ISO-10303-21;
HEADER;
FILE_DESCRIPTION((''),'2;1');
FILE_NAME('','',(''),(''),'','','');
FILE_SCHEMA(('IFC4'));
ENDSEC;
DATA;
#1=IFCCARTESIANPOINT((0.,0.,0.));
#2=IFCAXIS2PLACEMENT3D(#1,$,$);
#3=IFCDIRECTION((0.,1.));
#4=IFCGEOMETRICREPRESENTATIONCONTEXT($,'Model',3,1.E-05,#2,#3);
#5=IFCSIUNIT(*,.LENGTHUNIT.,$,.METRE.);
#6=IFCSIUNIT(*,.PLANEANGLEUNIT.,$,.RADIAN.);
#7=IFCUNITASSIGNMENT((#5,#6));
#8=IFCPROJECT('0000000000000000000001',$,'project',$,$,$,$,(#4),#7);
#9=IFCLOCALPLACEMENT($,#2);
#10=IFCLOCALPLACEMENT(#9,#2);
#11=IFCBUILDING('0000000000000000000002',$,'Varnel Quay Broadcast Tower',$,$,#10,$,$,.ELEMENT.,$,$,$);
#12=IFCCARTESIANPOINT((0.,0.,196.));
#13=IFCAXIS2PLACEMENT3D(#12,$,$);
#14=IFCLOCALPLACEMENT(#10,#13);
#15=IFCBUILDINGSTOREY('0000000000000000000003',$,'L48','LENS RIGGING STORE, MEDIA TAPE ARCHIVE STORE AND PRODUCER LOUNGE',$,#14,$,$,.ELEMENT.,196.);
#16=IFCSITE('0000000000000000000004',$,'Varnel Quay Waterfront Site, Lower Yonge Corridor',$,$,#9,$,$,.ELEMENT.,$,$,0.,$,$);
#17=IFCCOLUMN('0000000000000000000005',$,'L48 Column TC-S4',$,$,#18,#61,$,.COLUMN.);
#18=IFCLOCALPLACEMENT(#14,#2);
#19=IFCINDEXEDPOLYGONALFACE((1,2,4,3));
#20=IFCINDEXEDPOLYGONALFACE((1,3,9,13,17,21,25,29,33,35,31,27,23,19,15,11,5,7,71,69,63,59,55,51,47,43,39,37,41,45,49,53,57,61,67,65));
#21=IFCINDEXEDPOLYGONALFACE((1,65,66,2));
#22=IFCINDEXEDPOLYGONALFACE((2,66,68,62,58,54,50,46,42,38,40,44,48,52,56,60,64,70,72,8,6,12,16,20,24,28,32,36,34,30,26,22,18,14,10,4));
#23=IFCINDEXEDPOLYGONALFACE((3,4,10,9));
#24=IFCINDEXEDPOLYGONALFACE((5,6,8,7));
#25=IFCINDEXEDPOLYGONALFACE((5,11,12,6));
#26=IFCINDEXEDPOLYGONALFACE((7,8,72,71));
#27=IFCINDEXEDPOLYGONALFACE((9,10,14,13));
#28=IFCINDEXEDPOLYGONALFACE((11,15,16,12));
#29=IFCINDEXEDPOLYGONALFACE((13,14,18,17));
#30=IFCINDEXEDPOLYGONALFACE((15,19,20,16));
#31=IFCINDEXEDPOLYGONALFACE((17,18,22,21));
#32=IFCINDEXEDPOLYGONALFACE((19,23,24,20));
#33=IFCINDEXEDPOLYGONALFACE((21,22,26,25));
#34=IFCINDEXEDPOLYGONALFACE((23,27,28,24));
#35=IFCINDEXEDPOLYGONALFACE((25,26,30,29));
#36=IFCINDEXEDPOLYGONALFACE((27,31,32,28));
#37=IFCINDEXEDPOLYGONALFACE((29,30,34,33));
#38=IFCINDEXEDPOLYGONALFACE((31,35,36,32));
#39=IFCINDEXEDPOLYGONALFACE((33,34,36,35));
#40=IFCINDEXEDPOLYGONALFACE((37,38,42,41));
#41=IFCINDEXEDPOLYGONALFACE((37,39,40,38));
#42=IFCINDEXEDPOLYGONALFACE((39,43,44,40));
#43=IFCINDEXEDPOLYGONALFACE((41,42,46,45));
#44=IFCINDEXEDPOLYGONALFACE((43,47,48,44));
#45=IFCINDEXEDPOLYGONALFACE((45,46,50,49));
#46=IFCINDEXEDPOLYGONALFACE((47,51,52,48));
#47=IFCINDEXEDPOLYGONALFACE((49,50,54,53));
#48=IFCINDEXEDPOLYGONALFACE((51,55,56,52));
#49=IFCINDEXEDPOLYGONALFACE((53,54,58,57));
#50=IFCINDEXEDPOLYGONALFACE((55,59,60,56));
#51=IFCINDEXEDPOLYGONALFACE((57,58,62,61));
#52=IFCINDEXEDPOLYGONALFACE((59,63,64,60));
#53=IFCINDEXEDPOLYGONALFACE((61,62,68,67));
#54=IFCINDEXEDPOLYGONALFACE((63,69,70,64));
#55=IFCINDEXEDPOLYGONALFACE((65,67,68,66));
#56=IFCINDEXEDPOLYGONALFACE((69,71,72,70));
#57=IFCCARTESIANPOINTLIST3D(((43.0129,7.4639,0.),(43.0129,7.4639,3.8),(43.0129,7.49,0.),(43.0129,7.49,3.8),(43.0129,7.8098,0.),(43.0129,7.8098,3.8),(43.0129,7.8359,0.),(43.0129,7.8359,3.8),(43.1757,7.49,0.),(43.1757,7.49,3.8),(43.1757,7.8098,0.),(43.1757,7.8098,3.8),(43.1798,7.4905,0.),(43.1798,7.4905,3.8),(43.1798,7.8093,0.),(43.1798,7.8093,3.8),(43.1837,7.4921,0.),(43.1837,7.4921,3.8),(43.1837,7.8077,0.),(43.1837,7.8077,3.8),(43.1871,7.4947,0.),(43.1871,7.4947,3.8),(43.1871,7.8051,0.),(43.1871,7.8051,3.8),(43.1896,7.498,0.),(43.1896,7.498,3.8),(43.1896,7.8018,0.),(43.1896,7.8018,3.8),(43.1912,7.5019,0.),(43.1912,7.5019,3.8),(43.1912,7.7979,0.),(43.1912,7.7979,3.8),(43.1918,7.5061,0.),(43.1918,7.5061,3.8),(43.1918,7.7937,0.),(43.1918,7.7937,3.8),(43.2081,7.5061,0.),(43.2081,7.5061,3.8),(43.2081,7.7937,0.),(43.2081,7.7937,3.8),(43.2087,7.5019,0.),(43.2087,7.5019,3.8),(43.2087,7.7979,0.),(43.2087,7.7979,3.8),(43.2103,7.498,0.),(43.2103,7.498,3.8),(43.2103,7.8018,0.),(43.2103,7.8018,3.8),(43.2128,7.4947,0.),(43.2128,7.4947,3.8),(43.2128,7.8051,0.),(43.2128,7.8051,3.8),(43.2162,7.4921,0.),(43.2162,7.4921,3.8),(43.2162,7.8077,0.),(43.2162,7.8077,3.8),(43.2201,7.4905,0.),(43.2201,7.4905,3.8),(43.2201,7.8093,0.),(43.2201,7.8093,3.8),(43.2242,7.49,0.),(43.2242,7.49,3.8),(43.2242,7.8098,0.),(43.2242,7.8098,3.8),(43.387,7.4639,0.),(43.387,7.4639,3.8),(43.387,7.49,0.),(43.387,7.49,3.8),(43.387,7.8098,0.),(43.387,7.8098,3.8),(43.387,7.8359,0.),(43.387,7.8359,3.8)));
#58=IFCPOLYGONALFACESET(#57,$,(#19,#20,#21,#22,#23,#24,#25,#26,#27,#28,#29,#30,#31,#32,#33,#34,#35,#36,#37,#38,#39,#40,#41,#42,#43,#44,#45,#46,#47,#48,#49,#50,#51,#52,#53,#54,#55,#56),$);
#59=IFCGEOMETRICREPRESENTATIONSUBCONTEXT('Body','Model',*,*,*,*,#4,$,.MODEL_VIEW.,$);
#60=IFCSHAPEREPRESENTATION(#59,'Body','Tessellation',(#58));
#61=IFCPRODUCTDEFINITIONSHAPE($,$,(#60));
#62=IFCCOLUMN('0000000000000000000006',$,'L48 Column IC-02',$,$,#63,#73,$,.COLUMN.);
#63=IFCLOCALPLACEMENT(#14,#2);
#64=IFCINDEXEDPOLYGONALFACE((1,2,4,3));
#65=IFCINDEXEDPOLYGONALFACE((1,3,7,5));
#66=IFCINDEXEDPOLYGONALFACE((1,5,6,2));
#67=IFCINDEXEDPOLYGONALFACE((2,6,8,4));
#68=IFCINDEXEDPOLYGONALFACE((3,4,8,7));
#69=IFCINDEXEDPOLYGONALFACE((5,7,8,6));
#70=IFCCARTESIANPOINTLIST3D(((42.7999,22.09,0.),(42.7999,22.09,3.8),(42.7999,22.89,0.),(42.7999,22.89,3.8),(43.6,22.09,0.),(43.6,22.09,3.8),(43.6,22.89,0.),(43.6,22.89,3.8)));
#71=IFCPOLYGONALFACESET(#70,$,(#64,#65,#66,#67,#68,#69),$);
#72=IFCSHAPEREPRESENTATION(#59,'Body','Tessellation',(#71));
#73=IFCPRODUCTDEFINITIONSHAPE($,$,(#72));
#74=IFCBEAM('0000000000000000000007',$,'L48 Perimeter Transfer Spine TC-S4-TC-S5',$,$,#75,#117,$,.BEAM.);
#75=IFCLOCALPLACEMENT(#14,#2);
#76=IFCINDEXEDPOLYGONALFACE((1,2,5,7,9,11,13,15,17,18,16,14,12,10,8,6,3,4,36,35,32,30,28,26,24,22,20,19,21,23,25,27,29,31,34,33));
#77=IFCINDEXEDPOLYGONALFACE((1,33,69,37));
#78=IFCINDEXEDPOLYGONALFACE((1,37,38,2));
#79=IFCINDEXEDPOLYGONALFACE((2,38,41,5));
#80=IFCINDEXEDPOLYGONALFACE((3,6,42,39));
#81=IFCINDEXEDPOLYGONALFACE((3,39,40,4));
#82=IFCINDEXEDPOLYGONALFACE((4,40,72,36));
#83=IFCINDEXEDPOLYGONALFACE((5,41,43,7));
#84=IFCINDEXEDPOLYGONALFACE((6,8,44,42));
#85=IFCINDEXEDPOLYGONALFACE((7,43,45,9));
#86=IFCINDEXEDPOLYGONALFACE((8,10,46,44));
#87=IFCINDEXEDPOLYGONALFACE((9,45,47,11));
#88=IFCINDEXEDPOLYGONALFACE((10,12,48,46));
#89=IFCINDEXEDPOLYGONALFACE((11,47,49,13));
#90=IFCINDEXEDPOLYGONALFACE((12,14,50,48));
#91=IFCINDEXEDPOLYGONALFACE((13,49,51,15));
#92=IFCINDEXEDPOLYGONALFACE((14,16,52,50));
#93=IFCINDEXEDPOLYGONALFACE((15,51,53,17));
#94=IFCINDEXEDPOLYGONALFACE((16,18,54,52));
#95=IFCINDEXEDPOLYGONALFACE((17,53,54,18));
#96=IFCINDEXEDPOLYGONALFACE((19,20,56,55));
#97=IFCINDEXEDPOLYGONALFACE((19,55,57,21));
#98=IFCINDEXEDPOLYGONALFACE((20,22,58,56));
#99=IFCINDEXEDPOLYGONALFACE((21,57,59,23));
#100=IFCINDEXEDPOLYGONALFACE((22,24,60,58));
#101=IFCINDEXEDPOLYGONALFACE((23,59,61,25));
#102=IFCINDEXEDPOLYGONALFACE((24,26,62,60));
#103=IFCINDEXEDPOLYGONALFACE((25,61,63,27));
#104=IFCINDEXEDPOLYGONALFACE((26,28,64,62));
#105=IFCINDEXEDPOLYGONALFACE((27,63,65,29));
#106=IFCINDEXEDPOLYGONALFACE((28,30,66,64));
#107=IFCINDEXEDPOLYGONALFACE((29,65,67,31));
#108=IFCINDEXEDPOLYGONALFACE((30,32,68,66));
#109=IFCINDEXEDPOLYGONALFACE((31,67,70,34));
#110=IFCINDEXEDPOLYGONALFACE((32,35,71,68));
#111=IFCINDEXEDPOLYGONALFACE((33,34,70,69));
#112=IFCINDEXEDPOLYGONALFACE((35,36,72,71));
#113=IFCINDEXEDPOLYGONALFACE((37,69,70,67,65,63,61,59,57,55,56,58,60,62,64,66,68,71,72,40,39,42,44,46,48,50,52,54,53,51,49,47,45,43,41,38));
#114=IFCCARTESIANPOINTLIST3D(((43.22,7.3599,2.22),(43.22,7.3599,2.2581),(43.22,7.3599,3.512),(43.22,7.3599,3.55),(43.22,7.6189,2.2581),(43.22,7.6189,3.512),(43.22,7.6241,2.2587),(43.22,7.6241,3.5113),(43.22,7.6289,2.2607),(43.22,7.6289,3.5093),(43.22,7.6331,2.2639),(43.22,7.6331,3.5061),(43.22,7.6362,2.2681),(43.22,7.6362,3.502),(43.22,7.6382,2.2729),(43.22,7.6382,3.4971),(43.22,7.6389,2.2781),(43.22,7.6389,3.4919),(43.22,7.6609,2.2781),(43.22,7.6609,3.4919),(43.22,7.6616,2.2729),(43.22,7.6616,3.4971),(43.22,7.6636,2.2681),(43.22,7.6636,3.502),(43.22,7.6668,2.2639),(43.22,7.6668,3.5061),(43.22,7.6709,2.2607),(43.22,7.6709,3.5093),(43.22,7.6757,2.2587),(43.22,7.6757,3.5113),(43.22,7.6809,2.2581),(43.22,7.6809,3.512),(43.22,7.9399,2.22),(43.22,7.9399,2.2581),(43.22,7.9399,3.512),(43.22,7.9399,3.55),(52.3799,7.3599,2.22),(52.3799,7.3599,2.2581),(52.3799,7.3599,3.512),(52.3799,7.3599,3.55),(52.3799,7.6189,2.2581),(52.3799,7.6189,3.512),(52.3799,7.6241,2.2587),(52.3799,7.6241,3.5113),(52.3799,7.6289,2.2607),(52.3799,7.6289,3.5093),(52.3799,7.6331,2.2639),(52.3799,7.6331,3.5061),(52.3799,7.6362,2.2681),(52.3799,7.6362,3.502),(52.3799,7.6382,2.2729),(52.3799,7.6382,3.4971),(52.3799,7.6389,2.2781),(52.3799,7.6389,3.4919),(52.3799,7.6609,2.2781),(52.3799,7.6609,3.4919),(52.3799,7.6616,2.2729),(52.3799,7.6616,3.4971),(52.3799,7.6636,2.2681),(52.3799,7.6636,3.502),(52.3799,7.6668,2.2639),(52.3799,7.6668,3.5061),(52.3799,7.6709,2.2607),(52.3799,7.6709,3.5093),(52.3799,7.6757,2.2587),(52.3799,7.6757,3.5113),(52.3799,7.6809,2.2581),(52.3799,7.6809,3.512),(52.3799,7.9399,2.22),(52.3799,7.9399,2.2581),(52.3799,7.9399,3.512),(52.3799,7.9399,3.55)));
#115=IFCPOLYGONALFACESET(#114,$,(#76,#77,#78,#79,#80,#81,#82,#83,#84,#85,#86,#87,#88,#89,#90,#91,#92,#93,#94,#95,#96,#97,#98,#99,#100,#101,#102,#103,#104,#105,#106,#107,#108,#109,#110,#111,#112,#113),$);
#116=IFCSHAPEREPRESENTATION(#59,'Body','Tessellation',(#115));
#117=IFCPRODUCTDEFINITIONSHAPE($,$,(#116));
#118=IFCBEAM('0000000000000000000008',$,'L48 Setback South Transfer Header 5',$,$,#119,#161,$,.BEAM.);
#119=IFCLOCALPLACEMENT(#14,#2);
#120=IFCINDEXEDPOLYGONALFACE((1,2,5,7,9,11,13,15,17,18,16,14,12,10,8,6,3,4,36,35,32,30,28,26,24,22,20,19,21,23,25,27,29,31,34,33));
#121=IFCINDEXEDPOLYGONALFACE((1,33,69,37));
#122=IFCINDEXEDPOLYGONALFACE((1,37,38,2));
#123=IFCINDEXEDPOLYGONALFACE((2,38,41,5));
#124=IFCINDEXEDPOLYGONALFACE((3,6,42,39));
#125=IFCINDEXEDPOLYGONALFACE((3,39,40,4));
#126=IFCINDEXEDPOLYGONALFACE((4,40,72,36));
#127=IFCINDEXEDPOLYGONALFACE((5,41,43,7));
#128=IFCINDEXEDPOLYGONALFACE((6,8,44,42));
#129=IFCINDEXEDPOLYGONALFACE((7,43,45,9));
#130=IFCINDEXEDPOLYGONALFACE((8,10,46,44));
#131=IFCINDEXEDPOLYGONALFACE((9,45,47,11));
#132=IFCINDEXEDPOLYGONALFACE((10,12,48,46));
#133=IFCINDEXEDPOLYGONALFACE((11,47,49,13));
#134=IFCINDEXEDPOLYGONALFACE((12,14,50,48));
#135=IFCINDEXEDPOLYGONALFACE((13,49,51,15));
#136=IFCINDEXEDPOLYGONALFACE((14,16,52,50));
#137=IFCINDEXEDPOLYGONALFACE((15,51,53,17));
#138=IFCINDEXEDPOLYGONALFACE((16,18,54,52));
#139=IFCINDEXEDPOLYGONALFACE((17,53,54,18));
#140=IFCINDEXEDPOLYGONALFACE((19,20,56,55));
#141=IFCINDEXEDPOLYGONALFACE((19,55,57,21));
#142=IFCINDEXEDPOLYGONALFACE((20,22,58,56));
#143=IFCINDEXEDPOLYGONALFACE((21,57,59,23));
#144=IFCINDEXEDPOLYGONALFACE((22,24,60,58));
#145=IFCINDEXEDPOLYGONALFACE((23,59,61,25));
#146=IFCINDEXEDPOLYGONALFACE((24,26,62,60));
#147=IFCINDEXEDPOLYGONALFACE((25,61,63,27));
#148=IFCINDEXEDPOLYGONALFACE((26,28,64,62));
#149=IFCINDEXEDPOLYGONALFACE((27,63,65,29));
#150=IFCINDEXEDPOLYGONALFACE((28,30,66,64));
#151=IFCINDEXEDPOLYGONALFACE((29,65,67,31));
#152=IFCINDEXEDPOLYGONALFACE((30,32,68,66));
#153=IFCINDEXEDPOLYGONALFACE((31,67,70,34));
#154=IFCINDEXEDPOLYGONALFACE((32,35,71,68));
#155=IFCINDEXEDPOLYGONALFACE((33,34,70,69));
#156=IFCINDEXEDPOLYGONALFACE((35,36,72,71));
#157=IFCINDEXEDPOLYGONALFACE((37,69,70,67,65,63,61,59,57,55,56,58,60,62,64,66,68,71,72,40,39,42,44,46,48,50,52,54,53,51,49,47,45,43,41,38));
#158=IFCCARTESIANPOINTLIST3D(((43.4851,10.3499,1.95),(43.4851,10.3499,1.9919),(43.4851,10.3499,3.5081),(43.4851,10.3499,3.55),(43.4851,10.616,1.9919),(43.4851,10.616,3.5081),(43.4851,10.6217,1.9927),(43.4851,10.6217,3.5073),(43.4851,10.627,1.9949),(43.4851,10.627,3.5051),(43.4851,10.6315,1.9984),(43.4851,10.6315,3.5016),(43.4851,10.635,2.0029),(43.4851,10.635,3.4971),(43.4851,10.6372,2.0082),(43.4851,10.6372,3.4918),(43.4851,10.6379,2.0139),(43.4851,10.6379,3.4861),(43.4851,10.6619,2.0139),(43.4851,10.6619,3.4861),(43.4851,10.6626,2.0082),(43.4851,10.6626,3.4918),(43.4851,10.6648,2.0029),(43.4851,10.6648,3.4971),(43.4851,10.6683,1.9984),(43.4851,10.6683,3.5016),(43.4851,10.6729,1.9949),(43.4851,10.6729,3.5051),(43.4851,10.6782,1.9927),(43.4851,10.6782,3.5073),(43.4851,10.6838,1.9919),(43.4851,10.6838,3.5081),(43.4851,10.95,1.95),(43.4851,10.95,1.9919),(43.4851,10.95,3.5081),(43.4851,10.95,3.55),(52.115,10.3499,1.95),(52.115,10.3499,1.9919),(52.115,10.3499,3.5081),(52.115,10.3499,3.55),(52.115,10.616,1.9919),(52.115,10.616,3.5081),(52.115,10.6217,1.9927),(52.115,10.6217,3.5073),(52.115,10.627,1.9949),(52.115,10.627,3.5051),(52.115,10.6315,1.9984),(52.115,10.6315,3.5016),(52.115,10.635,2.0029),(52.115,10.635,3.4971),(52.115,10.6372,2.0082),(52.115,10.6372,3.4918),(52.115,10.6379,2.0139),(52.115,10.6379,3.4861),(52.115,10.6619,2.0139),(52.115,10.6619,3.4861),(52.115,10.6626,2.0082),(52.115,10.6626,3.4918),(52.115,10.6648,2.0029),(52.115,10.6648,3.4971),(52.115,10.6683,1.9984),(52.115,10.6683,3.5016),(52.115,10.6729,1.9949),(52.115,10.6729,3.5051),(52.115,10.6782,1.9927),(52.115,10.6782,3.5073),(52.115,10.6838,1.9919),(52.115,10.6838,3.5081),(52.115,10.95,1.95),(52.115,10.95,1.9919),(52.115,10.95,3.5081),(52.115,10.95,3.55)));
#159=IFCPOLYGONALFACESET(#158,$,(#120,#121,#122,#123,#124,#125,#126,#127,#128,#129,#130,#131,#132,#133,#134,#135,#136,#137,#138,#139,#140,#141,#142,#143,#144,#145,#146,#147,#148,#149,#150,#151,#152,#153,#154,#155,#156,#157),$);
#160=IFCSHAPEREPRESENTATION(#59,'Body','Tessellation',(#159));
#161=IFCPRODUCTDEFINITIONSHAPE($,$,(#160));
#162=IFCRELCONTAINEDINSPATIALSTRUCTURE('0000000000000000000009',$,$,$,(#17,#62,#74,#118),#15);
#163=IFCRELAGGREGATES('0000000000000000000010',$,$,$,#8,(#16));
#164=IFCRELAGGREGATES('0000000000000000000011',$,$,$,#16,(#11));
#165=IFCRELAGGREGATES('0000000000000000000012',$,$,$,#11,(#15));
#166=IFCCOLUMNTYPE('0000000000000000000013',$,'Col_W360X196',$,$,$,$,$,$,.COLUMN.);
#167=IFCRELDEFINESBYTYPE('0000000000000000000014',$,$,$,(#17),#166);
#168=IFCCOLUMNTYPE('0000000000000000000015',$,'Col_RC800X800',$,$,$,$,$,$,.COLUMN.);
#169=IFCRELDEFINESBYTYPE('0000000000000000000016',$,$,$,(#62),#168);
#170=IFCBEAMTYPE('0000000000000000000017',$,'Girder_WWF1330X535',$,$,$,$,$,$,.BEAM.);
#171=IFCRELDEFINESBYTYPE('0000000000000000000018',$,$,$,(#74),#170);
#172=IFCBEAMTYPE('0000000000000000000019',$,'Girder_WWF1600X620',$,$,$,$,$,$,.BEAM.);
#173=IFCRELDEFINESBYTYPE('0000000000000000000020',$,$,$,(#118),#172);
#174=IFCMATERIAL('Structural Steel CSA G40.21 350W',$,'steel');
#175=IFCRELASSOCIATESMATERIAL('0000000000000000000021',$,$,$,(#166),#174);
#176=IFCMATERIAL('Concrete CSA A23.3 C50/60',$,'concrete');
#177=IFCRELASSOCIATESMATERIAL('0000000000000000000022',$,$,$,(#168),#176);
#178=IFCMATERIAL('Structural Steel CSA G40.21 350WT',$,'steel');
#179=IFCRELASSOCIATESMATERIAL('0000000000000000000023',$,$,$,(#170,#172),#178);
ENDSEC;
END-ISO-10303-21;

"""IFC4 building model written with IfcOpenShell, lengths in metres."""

from ifc_helpers import new_model, si_unit, direction, frame, origin, origin_2d, place, context, subcontext, project, spatial, rectangle, i_section, extrude, source, transform, mapped, material, material_profile, profile_set, type_object, type_shapes, element, save


model = new_model("IFC4")

# Units and contexts
model_context = context("Model", 3, precision=1e-05, world=origin(), true_north=direction((0.0, 1.0)))
body_context = subcontext(model_context, "Body", "Model", "MODEL_VIEW")
ifc_project = project(units=[si_unit("LENGTHUNIT", "METRE"), si_unit("PLANEANGLEUNIT", "RADIAN")], contexts=[model_context])

# Site, building, storey
site_placement = place(None, origin())
site = spatial("IfcSite", under=ifc_project, at=site_placement, Name="Varnel Quay Waterfront Site, Lower Yonge Corridor", CompositionType="ELEMENT", RefElevation=0.0)
building_placement = place(site_placement, origin())
building = spatial("IfcBuilding", under=site, at=building_placement, Name="Varnel Quay Broadcast Tower", CompositionType="ELEMENT")
storey_placement = place(building_placement, frame((0.0, 0.0, 196.0)))
storey = spatial("IfcBuildingStorey", under=building, at=storey_placement, Name="L48", Description="LENS RIGGING STORE, MEDIA TAPE ARCHIVE STORE AND PRODUCER LOUNGE", CompositionType="ELEMENT", Elevation=196.0)

# Columns
ifc_material_1 = material(Name="Structural Steel CSA G40.21 350W", Category="steel")
ifc_material_profile_1 = material_profile(ifc_material_1, i_section(OverallWidth=0.374, OverallDepth=0.3721, WebThickness=0.0164, FlangeThickness=0.0261, FilletRadius=0.0161, at=origin_2d()), Name="W360X196")
ifc_profile_set_1 = profile_set([ifc_material_profile_1], Name="Structural Steel CSA G40.21 350W")
column_type_1 = type_object("IfcColumnType", Name="Col_W360X196", PredefinedType="COLUMN", material=ifc_profile_set_1)
shared_shape_1 = source(origin(), body_context, "Body", "SweptSolid", [
    extrude(i_section(OverallWidth=0.374, OverallDepth=0.3721, WebThickness=0.0164, FlangeThickness=0.0261, FilletRadius=0.0161, at=origin_2d()), origin(), (0.0, 0.0, 1.0), 3.8),
])
type_shapes(column_type_1, [shared_shape_1])
column_1_placement = place(storey_placement, frame((43.2, 7.6499, 0.0), z_axis=(0.0, 0.0, 1.0), x_axis=(1.0, 0.0, 0.0)))
element("IfcColumn", 1, at=column_1_placement, inside=storey, type_object=column_type_1, Name="L48 Column TC-S4", PredefinedType="COLUMN", context=body_context, shape_type="MappedRepresentation", body=[
    mapped(shared_shape_1, transform((0.0, 0.0, 0.0), x_axis=(1.0, 0.0, 0.0), y_axis=(0.0, 1.0, 0.0), z_axis=(0.0, 0.0, 1.0), scale=1.0)),
])
ifc_material_2 = material(Name="Concrete CSA A23.3 C50/60", Category="concrete")
ifc_material_profile_2 = material_profile(ifc_material_2, rectangle(XDim=0.8, YDim=0.8, at=origin_2d()), Name="RC800X800")
ifc_profile_set_2 = profile_set([ifc_material_profile_2], Name="Concrete CSA A23.3 C50/60")
column_type_2 = type_object("IfcColumnType", Name="Col_RC800X800", PredefinedType="COLUMN", material=ifc_profile_set_2)
shared_shape_2 = source(origin(), body_context, "Body", "SweptSolid", [
    extrude(rectangle(XDim=0.8, YDim=0.8, at=origin_2d()), origin(), (0.0, 0.0, 1.0), 3.8),
])
type_shapes(column_type_2, [shared_shape_2])
column_2_placement = place(storey_placement, frame((43.2, 22.49, 0.0), z_axis=(0.0, 0.0, 1.0), x_axis=(1.0, 0.0, 0.0)))
element("IfcColumn", 2, at=column_2_placement, inside=storey, type_object=column_type_2, Name="L48 Column IC-02", PredefinedType="COLUMN", context=body_context, shape_type="MappedRepresentation", body=[
    mapped(shared_shape_2, transform((0.0, 0.0, 0.0), x_axis=(1.0, 0.0, 0.0), y_axis=(0.0, 1.0, 0.0), z_axis=(0.0, 0.0, 1.0), scale=1.0)),
])

# Beams
ifc_material_3 = material(Name="Structural Steel CSA G40.21 350WT", Category="steel")
ifc_material_profile_3 = material_profile(ifc_material_3, i_section(OverallWidth=0.5801, OverallDepth=1.3301, WebThickness=0.022, FlangeThickness=0.0381, FilletRadius=0.02, at=origin_2d()), Name="WWF1330X535")
ifc_profile_set_3 = profile_set([ifc_material_profile_3], Name="Structural Steel CSA G40.21 350WT")
beam_type_1 = type_object("IfcBeamType", Name="Girder_WWF1330X535", PredefinedType="BEAM", material=ifc_profile_set_3)
shared_shape_3 = source(origin(), body_context, "Body", "SweptSolid", [
    extrude(i_section(OverallWidth=0.5801, OverallDepth=1.3301, WebThickness=0.022, FlangeThickness=0.0381, FilletRadius=0.02, at=origin_2d()), origin(), (0.0, 0.0, 1.0), 9.1599),
])
beam_1_placement = place(storey_placement, frame((43.22, 7.6499, 2.885), z_axis=(1.0, 0.0, 0.0), x_axis=(0.0, 1.0, 0.0)))
element("IfcBeam", 3, at=beam_1_placement, inside=storey, type_object=beam_type_1, Name="L48 Perimeter Transfer Spine TC-S4-TC-S5", PredefinedType="BEAM", context=body_context, shape_type="MappedRepresentation", body=[
    mapped(shared_shape_3, transform((0.0, 0.0, 0.0), x_axis=(1.0, 0.0, 0.0), y_axis=(0.0, 1.0, 0.0), z_axis=(0.0, 0.0, 1.0), scale=1.0)),
])
ifc_material_profile_4 = material_profile(ifc_material_3, i_section(OverallWidth=0.6001, OverallDepth=1.6001, WebThickness=0.0239, FlangeThickness=0.042, FilletRadius=0.022, at=origin_2d()), Name="WWF1600X620")
ifc_profile_set_4 = profile_set([ifc_material_profile_4], Name="Structural Steel CSA G40.21 350WT")
beam_type_2 = type_object("IfcBeamType", Name="Girder_WWF1600X620", PredefinedType="BEAM", material=ifc_profile_set_4)
shared_shape_4 = source(origin(), body_context, "Body", "SweptSolid", [
    extrude(i_section(OverallWidth=0.6001, OverallDepth=1.6001, WebThickness=0.0239, FlangeThickness=0.042, FilletRadius=0.022, at=origin_2d()), origin(), (0.0, 0.0, 1.0), 8.6299),
])
beam_2_placement = place(storey_placement, frame((43.4851, 10.6499, 2.75), z_axis=(1.0, 0.0, 0.0), x_axis=(0.0, 1.0, 0.0)))
element("IfcBeam", 4, at=beam_2_placement, inside=storey, type_object=beam_type_2, Name="L48 Setback South Transfer Header 5", PredefinedType="BEAM", context=body_context, shape_type="MappedRepresentation", body=[
    mapped(shared_shape_4, transform((0.0, 0.0, 0.0), x_axis=(1.0, 0.0, 0.0), y_axis=(0.0, 1.0, 0.0), z_axis=(0.0, 0.0, 1.0), scale=1.0)),
])

save(model, "model.ifc")
